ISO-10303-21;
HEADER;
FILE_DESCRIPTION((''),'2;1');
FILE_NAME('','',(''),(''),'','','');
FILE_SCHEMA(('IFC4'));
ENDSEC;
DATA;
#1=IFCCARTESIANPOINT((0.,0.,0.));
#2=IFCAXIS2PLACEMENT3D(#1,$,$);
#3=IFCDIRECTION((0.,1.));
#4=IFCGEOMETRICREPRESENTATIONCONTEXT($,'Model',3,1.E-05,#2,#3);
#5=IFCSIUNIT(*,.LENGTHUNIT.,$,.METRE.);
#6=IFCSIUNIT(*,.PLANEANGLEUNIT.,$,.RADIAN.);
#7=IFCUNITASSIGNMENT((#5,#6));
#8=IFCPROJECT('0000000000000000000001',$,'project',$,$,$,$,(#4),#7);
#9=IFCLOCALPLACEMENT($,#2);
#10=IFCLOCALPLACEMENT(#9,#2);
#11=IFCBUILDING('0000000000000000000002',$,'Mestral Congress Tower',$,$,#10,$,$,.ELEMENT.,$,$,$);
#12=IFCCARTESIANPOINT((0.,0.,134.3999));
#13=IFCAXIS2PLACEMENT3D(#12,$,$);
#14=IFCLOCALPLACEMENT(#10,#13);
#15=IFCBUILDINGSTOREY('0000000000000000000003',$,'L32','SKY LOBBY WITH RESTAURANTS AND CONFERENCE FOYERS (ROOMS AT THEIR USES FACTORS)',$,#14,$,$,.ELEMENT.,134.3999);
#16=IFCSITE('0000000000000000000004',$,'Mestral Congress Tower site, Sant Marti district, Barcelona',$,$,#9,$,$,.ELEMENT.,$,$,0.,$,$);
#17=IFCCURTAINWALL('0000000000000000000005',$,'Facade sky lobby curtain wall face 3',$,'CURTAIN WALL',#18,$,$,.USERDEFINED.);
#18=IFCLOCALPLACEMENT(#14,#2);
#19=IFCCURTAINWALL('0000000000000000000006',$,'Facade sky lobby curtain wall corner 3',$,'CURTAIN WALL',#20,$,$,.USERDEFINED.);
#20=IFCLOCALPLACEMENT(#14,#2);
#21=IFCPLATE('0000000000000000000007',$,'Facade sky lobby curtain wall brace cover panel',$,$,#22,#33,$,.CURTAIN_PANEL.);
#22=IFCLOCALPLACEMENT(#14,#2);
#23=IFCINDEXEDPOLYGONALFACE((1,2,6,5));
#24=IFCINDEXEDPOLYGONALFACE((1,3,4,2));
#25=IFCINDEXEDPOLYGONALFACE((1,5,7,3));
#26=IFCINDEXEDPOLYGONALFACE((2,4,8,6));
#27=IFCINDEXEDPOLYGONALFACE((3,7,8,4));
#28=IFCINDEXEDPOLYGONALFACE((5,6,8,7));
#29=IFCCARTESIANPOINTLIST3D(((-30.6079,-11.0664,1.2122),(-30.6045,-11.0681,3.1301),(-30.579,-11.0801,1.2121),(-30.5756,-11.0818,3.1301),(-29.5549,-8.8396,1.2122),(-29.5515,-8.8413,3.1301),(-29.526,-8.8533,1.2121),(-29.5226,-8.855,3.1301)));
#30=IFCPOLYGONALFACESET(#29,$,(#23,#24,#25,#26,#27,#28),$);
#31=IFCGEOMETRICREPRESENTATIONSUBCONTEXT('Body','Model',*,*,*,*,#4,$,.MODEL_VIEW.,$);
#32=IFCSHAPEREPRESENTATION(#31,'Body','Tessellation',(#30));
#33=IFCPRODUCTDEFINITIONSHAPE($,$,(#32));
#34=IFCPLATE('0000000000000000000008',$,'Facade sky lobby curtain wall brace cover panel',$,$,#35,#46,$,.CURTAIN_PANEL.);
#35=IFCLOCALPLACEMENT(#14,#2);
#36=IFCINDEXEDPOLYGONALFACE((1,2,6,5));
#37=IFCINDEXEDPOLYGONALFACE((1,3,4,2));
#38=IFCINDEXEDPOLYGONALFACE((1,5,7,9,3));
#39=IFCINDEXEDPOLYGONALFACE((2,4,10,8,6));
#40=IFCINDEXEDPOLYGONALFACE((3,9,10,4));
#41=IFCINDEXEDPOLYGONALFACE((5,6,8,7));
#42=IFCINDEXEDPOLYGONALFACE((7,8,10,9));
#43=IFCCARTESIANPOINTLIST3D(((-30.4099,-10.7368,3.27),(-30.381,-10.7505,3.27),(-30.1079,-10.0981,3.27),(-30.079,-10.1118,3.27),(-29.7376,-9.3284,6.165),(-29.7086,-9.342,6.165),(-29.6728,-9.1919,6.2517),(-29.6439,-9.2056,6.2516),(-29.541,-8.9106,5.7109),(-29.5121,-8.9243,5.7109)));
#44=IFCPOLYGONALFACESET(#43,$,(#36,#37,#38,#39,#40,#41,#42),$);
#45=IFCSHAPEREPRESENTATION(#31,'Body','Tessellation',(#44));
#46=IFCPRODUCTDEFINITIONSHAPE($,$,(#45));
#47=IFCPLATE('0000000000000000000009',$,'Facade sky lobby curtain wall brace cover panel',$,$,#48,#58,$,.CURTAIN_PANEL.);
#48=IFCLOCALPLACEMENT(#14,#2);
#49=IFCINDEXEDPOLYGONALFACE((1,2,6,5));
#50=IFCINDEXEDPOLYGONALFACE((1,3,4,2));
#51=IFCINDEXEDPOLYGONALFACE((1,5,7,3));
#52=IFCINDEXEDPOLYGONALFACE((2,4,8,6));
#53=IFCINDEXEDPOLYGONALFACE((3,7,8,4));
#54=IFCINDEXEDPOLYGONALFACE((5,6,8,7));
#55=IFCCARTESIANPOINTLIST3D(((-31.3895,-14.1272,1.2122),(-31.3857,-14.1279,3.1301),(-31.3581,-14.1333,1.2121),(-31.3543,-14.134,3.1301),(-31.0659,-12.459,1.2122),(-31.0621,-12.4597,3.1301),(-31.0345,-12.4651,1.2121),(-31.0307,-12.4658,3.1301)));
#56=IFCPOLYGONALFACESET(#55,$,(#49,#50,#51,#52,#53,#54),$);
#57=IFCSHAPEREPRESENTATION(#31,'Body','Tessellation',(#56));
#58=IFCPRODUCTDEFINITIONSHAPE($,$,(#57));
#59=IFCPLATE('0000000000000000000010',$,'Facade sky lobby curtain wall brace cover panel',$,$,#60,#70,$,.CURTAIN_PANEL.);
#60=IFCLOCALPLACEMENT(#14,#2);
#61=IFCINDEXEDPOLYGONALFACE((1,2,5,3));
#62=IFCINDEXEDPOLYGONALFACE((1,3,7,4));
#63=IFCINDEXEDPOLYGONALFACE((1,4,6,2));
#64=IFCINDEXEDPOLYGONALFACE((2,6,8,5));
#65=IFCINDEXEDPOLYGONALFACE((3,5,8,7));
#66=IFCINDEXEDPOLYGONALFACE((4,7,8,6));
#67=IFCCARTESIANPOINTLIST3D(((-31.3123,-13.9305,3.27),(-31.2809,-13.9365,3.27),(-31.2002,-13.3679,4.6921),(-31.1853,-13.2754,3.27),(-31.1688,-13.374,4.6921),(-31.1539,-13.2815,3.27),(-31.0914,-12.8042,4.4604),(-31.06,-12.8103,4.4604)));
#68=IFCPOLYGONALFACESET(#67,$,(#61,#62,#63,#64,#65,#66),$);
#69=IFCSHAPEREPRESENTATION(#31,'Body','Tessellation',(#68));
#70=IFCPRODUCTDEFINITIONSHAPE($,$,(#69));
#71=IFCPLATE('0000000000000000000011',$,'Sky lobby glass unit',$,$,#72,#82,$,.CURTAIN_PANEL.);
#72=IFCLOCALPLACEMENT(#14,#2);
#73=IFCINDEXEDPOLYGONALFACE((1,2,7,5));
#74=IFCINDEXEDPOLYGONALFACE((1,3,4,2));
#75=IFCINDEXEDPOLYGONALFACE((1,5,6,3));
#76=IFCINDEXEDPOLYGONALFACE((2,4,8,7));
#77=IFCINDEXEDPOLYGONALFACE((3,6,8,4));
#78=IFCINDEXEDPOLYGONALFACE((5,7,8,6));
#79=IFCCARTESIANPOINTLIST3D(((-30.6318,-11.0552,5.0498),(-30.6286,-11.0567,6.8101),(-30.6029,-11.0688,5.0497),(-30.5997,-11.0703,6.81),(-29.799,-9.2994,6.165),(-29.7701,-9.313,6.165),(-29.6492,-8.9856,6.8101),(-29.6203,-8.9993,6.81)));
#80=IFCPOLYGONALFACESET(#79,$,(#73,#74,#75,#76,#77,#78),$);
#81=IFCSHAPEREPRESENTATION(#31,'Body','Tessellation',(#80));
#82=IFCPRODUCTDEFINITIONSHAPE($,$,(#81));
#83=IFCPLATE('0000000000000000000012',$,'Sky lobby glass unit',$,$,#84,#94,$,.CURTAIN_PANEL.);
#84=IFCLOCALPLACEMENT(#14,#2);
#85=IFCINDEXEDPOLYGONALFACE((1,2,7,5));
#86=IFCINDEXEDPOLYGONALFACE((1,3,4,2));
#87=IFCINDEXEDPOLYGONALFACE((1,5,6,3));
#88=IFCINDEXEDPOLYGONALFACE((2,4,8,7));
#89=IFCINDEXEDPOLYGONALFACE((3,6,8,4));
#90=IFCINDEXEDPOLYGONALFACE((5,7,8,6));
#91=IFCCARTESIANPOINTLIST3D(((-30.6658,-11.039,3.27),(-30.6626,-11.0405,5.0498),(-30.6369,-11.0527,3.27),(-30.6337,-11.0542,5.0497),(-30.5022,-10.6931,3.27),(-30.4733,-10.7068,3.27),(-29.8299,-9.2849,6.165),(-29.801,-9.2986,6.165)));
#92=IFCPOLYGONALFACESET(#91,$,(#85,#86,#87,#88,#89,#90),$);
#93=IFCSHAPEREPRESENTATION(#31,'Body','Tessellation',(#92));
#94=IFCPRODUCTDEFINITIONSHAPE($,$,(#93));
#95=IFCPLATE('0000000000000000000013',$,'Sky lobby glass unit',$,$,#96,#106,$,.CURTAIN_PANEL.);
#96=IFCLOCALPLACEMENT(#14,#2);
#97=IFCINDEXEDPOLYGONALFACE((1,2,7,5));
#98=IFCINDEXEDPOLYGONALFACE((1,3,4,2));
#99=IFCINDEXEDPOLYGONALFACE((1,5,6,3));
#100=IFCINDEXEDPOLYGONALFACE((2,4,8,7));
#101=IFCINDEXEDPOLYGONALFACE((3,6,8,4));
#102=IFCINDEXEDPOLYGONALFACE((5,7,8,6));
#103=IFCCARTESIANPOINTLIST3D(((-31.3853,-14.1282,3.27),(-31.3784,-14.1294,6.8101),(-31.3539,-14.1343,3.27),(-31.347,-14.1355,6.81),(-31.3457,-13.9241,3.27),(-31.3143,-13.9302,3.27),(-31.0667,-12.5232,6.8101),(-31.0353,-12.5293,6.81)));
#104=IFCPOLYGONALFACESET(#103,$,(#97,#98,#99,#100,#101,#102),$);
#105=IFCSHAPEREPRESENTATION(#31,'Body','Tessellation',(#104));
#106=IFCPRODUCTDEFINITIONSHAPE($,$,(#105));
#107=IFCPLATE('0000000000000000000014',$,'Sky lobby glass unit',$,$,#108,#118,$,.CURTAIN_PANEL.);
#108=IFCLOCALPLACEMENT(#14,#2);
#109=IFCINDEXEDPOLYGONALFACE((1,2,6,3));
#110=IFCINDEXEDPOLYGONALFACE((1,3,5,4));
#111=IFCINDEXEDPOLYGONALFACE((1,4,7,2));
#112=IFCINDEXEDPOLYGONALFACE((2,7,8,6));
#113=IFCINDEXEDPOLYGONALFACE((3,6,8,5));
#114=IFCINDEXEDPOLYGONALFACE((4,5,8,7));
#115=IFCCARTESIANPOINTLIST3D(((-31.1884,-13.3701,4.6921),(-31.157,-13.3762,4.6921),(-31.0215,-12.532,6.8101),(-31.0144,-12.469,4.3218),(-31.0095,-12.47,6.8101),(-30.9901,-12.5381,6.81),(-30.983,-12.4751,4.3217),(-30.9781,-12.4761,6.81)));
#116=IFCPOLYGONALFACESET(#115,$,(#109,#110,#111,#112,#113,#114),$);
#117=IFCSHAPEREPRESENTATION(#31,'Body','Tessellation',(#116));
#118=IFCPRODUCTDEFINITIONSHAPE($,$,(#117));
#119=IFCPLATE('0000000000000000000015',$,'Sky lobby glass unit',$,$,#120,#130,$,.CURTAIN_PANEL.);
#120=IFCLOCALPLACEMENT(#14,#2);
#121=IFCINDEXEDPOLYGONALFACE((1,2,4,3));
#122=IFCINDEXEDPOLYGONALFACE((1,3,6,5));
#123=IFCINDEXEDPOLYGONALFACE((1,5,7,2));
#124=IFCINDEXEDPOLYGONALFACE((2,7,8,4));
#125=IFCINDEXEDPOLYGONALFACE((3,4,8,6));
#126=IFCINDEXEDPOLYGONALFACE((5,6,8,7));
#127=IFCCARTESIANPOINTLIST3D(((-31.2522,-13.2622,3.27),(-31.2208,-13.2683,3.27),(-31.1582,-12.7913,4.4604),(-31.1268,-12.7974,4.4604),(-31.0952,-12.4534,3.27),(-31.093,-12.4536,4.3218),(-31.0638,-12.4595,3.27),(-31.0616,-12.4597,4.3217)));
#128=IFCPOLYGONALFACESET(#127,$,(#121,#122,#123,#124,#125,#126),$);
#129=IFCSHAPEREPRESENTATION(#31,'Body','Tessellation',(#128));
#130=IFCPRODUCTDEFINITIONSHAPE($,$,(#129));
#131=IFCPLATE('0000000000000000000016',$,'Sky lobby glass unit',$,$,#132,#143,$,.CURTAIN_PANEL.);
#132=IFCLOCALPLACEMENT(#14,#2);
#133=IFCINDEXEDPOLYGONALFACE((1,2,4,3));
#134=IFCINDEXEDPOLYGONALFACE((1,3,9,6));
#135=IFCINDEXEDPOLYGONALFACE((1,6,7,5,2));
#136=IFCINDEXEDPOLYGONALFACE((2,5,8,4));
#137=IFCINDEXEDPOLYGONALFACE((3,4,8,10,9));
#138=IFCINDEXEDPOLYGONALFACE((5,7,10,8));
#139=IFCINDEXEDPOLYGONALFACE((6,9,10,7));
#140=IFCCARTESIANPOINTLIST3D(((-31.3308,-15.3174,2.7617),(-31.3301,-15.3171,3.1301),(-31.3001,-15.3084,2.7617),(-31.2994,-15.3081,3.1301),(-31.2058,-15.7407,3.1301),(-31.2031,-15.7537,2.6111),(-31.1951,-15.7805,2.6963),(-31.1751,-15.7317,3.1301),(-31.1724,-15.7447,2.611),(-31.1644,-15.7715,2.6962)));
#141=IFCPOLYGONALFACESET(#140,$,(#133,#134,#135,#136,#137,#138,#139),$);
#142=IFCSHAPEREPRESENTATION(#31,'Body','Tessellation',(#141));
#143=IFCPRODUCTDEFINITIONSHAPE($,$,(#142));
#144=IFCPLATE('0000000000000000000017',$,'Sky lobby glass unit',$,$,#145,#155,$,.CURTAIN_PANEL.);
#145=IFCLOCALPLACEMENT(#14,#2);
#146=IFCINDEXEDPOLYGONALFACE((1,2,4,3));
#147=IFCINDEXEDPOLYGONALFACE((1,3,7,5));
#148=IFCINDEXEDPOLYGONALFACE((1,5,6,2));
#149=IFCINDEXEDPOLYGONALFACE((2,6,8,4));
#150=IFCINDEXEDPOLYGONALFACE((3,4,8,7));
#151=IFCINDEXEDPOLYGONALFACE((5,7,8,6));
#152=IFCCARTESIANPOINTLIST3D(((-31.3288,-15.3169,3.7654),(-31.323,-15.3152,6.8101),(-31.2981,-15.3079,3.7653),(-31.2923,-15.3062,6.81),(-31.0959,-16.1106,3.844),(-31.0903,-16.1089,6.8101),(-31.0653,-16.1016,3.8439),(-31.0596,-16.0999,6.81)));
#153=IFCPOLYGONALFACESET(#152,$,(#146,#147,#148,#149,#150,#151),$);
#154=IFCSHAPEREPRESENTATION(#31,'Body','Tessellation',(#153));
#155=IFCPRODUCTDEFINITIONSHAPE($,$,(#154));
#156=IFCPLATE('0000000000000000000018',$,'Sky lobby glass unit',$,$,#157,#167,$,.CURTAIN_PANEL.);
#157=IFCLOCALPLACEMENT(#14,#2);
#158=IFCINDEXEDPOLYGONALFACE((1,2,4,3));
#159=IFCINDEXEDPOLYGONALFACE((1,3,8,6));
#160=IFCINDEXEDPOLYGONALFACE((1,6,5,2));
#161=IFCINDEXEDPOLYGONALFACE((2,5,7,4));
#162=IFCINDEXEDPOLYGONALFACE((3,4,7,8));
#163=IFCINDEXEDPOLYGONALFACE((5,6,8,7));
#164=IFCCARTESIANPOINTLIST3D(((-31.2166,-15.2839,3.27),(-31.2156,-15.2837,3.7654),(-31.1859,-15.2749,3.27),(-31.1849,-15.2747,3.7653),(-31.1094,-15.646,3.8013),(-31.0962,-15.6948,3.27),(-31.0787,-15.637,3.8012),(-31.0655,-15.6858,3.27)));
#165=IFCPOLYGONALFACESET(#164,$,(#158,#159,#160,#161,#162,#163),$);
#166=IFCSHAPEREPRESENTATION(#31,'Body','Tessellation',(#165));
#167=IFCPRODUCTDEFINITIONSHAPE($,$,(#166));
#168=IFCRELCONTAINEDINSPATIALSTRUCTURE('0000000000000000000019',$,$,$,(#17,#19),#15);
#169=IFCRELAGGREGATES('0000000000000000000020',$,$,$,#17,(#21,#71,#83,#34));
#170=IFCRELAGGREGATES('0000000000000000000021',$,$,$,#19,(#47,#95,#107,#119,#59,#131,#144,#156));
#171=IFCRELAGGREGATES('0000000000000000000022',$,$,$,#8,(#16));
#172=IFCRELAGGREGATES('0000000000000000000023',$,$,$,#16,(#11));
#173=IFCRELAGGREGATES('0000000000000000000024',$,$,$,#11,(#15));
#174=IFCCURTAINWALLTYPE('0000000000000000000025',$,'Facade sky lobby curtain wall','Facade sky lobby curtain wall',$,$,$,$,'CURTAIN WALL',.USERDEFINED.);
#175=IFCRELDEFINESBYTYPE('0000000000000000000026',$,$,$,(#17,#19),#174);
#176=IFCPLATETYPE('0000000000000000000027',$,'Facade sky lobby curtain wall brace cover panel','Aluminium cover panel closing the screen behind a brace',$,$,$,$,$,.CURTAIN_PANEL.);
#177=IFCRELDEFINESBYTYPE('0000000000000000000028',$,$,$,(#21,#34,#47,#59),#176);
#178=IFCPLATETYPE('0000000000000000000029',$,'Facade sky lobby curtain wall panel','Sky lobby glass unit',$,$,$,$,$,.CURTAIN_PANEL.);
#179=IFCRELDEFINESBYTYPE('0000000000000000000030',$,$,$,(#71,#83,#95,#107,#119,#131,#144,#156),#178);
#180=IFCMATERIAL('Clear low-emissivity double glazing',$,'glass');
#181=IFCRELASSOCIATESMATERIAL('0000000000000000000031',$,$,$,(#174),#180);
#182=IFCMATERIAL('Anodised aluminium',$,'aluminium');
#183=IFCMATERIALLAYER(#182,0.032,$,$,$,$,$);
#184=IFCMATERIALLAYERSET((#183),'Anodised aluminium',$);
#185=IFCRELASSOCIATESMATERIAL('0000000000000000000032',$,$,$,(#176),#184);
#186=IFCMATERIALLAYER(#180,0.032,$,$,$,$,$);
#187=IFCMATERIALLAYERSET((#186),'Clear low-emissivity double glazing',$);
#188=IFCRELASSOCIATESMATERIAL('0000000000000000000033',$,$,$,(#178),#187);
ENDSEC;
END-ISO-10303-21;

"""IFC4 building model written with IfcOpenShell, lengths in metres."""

from ifc_helpers import new_model, si_unit, direction, frame, origin, place, context, subcontext, project, spatial, polyline, outline, extrude, material, layer, layer_set, type_object, element, aggregate, save


model = new_model("IFC4")

# Units and contexts
model_context = context("Model", 3, precision=1e-05, world=origin(), true_north=direction((0.0, 1.0)))
body_context = subcontext(model_context, "Body", "Model", "MODEL_VIEW")
ifc_project = project(units=[si_unit("LENGTHUNIT", "METRE"), si_unit("PLANEANGLEUNIT", "RADIAN")], contexts=[model_context])

# Site, building, storey
site_placement = place(None, origin())
site = spatial("IfcSite", under=ifc_project, at=site_placement, Name="Mestral Congress Tower site, Sant Marti district, Barcelona", CompositionType="ELEMENT", RefElevation=0.0)
building_placement = place(site_placement, origin())
building = spatial("IfcBuilding", under=site, at=building_placement, Name="Mestral Congress Tower", CompositionType="ELEMENT")
storey_placement = place(building_placement, frame((0.0, 0.0, 134.3999)))
storey = spatial("IfcBuildingStorey", under=building, at=storey_placement, Name="L32", Description="SKY LOBBY WITH RESTAURANTS AND CONFERENCE FOYERS (ROOMS AT THEIR USES FACTORS)", CompositionType="ELEMENT", Elevation=134.3999)

# Curtain wall
ifc_material_1 = material(Name="Clear low-emissivity double glazing", Category="glass")
curtain_wall_type = type_object("IfcCurtainWallType", Name="Facade sky lobby curtain wall", Description="Facade sky lobby curtain wall", ElementType="CURTAIN WALL", PredefinedType="USERDEFINED", material=ifc_material_1)
placement = place(storey_placement, origin())
curtain_wall_1 = element("IfcCurtainWall", 1, at=placement, inside=storey, type_object=curtain_wall_type, Name="Facade sky lobby curtain wall face 3", ObjectType="CURTAIN WALL", PredefinedType="USERDEFINED")
ifc_material_2 = material(Name="Anodised aluminium", Category="aluminium")

# Curtain wall
curtain_wall_2 = element("IfcCurtainWall", 2, at=placement, inside=storey, type_object=curtain_wall_type, Name="Facade sky lobby curtain wall corner 3", ObjectType="CURTAIN WALL", PredefinedType="USERDEFINED")

# Plates
ifc_layer_1 = layer(ifc_material_2, 0.032)
ifc_layer_set_1 = layer_set([ifc_layer_1], Name="Anodised aluminium")
plate_type_1 = type_object("IfcPlateType", Name="Facade sky lobby curtain wall brace cover panel", Description="Aluminium cover panel closing the screen behind a brace", PredefinedType="CURTAIN_PANEL", material=ifc_layer_set_1)
plate_1_placement = place(storey_placement, frame((-30.6045, -11.0681, 3.1301), z_axis=(-0.904022, 0.42748, 0.001992), x_axis=(-0.001782, 0.000891, -0.999998)))
plate_1 = element("IfcPlate", 3, at=plate_1_placement, type_object=plate_type_1, Name="Facade sky lobby curtain wall brace cover panel", PredefinedType="CURTAIN_PANEL", context=body_context, shape_type="SweptSolid", body=[
    extrude(outline(polyline([(0.0, 0.0), (1.918, 0.0), (1.9181, -2.4632), (0.0001, -2.4632), (0.0, 0.0)])), origin(), (0.0, 0.0, -1.0), 0.032),
])
plate_2_placement = place(storey_placement, frame((-30.1079, -10.0981, 3.27), z_axis=(-0.904024, 0.427478, 0.001983), x_axis=(0.204428, 0.428237, 0.88024)))
plate_2 = element("IfcPlate", 4, at=plate_2_placement, type_object=plate_type_1, Name="Facade sky lobby curtain wall brace cover panel", PredefinedType="CURTAIN_PANEL", context=body_context, shape_type="SweptSolid", body=[
    extrude(outline(polyline([(0.0, 0.0), (2.773, 0.0), (3.1016, -0.53), (2.9537, -0.6218), (-0.3352, -0.6219), (0.0, 0.0)])), origin(), (0.0, 0.0, -1.0), 0.032),
])
plate_3_placement = place(storey_placement, frame((-31.3857, -14.1279, 3.1301), z_axis=(-0.981698, 0.190435, 0.00201), x_axis=(-0.001971, 0.000394, -0.999998)))
plate_3 = element("IfcPlate", 5, at=plate_3_placement, type_object=plate_type_1, Name="Facade sky lobby curtain wall brace cover panel", PredefinedType="CURTAIN_PANEL", context=body_context, shape_type="SweptSolid", body=[
    extrude(outline(polyline([(0.0, 0.0), (1.918, 0.0), (1.918, -1.6993), (0.0, -1.6993), (0.0, 0.0)])), origin(), (0.0, 0.0, -1.0), 0.032),
])
plate_4_placement = place(storey_placement, frame((-31.1853, -13.2754, 3.27), z_axis=(-0.98171, 0.190371, 0.002106), x_axis=(0.073162, 0.367026, 0.927329)))
plate_4 = element("IfcPlate", 6, at=plate_4_placement, type_object=plate_type_1, Name="Facade sky lobby curtain wall brace cover panel", PredefinedType="CURTAIN_PANEL", context=body_context, shape_type="SweptSolid", body=[
    extrude(outline(polyline([(0.0, 0.0), (1.2837, 0.0), (1.2837, -0.6191), (-0.2497, -0.6188), (0.0, 0.0)])), origin(), (0.0, 0.0, -1.0), 0.032),
])
ifc_layer_2 = layer(ifc_material_1, 0.032)
ifc_layer_set_2 = layer_set([ifc_layer_2], Name="Clear low-emissivity double glazing")
plate_type_2 = type_object("IfcPlateType", Name="Facade sky lobby curtain wall panel", Description="Sky lobby glass unit", PredefinedType="CURTAIN_PANEL", material=ifc_layer_set_2)
plate_5_placement = place(storey_placement, frame((-30.6318, -11.0552, 5.0498), z_axis=(-0.90401, 0.427507, 0.002033), x_axis=(0.371704, 0.78364, 0.497739)))
plate_5 = element("IfcPlate", 7, at=plate_5_placement, type_object=plate_type_2, Name="Sky lobby glass unit", PredefinedType="CURTAIN_PANEL", context=body_context, shape_type="SweptSolid", body=[
    extrude(outline(polyline([(0.0, 0.0), (2.2406, 0.0), (2.8632, -0.3864), (0.8762, -1.5267), (0.0, 0.0)])), origin(), (0.0, 0.0, -1.0), 0.032),
])
plate_6_placement = place(storey_placement, frame((-30.5022, -10.6931, 3.27), z_axis=(-0.903999, 0.427529, 0.001982), x_axis=(0.204431, 0.428185, 0.880265)))
plate_6 = element("IfcPlate", 8, at=plate_6_placement, type_object=plate_type_2, Name="Sky lobby glass unit", PredefinedType="CURTAIN_PANEL", context=body_context, shape_type="SweptSolid", body=[
    extrude(outline(polyline([(0.0, 0.0), (3.2888, 0.0), (1.3851, -1.1813), (-0.1816, -0.3369), (0.0, 0.0)])), origin(), (0.0, 0.0, -1.0), 0.032),
])
aggregate(curtain_wall_1, [plate_1, plate_5, plate_6, plate_2])
plate_7_placement = place(storey_placement, frame((-31.3784, -14.1294, 6.8101), z_axis=(-0.981683, 0.190511, 0.001978), x_axis=(-0.001949, 0.000335, -0.999998)))
plate_7 = element("IfcPlate", 9, at=plate_7_placement, type_object=plate_type_2, Name="Sky lobby glass unit", PredefinedType="CURTAIN_PANEL", context=body_context, shape_type="SweptSolid", body=[
    extrude(outline(polyline([(0.0, 0.0), (3.54, 0.0), (3.54, -0.2079), (-0.0001, -1.6361), (0.0, 0.0)])), origin(), (0.0, 0.0, -1.0), 0.032),
])
plate_8_placement = place(storey_placement, frame((-31.0215, -12.532, 6.8101), z_axis=(-0.981704, 0.190401, 0.002027), x_axis=(-0.073092, -0.36699, -0.927349)))
plate_8 = element("IfcPlate", 10, at=plate_8_placement, type_object=plate_type_2, Name="Sky lobby glass unit", PredefinedType="CURTAIN_PANEL", context=body_context, shape_type="SweptSolid", body=[
    extrude(outline(polyline([(0.0, 0.0), (2.2838, 0.0), (2.2839, -0.9897), (-0.0236, -0.0586), (0.0, 0.0)])), origin(), (0.0, 0.0, -1.0), 0.032),
])
plate_9_placement = place(storey_placement, frame((-31.0952, -12.4534, 3.27), z_axis=(-0.981687, 0.19049, 0.002125), x_axis=(0.002119, -0.000238, 0.999998)))
plate_9 = element("IfcPlate", 11, at=plate_9_placement, type_object=plate_type_2, Name="Sky lobby glass unit", PredefinedType="CURTAIN_PANEL", context=body_context, shape_type="SweptSolid", body=[
    extrude(outline(polyline([(0.0, 0.0), (1.0518, 0.0), (1.1904, -0.3439), (-0.0001, -0.8239), (0.0, 0.0)])), origin(), (0.0, 0.0, -1.0), 0.032),
])
plate_10_placement = place(storey_placement, frame((-31.3301, -15.3171, 3.1301), z_axis=(-0.959553, -0.28152, 0.00207), x_axis=(0.281521, -0.959555, 0.0)))
plate_10 = element("IfcPlate", 12, at=plate_10_placement, type_object=plate_type_2, Name="Sky lobby glass unit", PredefinedType="CURTAIN_PANEL", context=body_context, shape_type="SweptSolid", body=[
    extrude(outline(polyline([(0.0, 0.0), (0.4414, 0.0), (0.4826, -0.4338), (0.4546, -0.519), (0.0, -0.3684), (0.0, 0.0)])), origin(), (0.0, 0.0, -1.0), 0.032),
])
plate_11_placement = place(storey_placement, frame((-31.323, -15.3152, 6.8101), z_axis=(-0.959604, -0.281348, 0.001992), x_axis=(0.281348, -0.959606, 0.0)))
plate_11 = element("IfcPlate", 13, at=plate_11_placement, type_object=plate_type_2, Name="Sky lobby glass unit", PredefinedType="CURTAIN_PANEL", context=body_context, shape_type="SweptSolid", body=[
    extrude(outline(polyline([(0.0, 0.0), (0.8271, 0.0), (0.8272, -2.9661), (0.0, -3.0447), (0.0, 0.0)])), origin(), (0.0, 0.0, -1.0), 0.032),
])
plate_12_placement = place(storey_placement, frame((-31.2166, -15.2839, 3.27), z_axis=(-0.959673, -0.281111, 0.002026), x_axis=(0.001967, 0.000492, 0.999998)))
plate_12 = element("IfcPlate", 14, at=plate_12_placement, type_object=plate_type_2, Name="Sky lobby glass unit", PredefinedType="CURTAIN_PANEL", context=body_context, shape_type="SweptSolid", body=[
    extrude(outline(polyline([(0.0, 0.0), (0.4954, 0.0), (0.5313, -0.3775), (0.0, -0.4282), (0.0, 0.0)])), origin(), (0.0, 0.0, -1.0), 0.032),
])
aggregate(curtain_wall_2, [plate_3, plate_7, plate_8, plate_9, plate_4, plate_10, plate_11, plate_12])

save(model, "model.ifc")
